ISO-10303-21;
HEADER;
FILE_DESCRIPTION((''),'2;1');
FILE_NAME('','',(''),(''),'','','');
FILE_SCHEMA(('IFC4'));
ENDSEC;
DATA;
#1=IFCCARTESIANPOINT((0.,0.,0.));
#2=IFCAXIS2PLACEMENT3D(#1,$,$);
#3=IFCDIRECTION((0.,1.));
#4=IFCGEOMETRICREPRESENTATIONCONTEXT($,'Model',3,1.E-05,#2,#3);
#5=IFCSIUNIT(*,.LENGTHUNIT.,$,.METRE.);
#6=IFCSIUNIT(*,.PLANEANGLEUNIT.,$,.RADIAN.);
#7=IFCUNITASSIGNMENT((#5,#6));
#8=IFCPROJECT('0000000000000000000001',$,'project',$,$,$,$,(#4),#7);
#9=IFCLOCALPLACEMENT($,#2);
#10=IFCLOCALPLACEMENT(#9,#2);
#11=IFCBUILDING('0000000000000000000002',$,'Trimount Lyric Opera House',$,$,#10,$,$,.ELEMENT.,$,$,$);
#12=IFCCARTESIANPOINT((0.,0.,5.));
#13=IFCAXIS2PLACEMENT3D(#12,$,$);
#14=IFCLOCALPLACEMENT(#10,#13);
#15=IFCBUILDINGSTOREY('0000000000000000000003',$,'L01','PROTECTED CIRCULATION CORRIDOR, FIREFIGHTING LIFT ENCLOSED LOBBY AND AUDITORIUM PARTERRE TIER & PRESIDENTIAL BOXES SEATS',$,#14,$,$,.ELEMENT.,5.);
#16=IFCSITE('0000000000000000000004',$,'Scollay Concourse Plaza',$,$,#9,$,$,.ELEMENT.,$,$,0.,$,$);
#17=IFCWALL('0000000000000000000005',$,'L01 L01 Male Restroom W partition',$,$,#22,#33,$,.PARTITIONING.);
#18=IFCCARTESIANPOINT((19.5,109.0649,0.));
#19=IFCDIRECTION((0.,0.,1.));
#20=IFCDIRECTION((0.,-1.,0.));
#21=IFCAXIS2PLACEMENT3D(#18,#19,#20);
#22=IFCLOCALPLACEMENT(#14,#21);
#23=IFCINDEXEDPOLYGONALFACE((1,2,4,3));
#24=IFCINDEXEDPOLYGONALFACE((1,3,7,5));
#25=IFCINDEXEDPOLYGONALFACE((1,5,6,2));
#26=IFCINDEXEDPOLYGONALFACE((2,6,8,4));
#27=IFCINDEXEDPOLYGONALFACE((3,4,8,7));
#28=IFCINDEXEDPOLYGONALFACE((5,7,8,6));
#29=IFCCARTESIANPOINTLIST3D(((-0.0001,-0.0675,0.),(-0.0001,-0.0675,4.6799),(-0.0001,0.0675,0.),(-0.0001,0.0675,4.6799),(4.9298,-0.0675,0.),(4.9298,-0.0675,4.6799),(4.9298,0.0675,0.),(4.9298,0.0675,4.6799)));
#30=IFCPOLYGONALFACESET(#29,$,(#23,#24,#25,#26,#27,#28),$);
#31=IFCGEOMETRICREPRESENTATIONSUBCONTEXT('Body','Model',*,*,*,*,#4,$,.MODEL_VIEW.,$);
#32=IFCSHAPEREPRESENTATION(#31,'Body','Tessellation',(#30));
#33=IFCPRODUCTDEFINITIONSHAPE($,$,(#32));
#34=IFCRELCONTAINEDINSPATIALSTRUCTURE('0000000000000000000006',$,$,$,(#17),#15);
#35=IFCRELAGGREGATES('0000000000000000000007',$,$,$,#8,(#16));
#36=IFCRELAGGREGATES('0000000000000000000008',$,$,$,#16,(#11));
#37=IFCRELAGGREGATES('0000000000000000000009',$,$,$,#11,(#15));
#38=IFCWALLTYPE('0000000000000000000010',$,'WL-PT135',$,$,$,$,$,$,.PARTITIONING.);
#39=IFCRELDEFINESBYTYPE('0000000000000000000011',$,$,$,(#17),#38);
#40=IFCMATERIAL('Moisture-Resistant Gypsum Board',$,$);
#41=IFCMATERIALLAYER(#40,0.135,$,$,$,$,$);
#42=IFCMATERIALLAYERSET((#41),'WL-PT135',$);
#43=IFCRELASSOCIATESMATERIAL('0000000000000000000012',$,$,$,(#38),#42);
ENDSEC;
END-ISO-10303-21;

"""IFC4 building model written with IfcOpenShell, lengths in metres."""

from ifc_helpers import new_model, si_unit, direction, frame, frame_2d, origin, place, context, subcontext, project, spatial, rectangle, extrude, material, layer, layer_set, type_object, element, save


model = new_model("IFC4")

# Units and contexts
model_context = context("Model", 3, precision=1e-05, world=origin(), true_north=direction((0.0, 1.0)))
body_context = subcontext(model_context, "Body", "Model", "MODEL_VIEW")
ifc_project = project(units=[si_unit("LENGTHUNIT", "METRE"), si_unit("PLANEANGLEUNIT", "RADIAN")], contexts=[model_context])

# Site, building, storey
site_placement = place(None, origin())
site = spatial("IfcSite", under=ifc_project, at=site_placement, Name="Scollay Concourse Plaza", CompositionType="ELEMENT", RefElevation=0.0)
building_placement = place(site_placement, origin())
building = spatial("IfcBuilding", under=site, at=building_placement, Name="Trimount Lyric Opera House", CompositionType="ELEMENT")
storey_placement = place(building_placement, frame((0.0, 0.0, 5.0)))
storey = spatial("IfcBuildingStorey", under=building, at=storey_placement, Name="L01", Description="PROTECTED CIRCULATION CORRIDOR, FIREFIGHTING LIFT ENCLOSED LOBBY AND AUDITORIUM PARTERRE TIER & PRESIDENTIAL BOXES SEATS", CompositionType="ELEMENT", Elevation=5.0)

# Shared definitions
ifc_material_1 = material(Name="Moisture-Resistant Gypsum Board")
ifc_layer_1 = layer(ifc_material_1, 0.135)
ifc_layer_set_1 = layer_set([ifc_layer_1], Name="WL-PT135")
wall_type_1 = type_object("IfcWallType", Name="WL-PT135", PredefinedType="PARTITIONING", material=ifc_layer_set_1)

# Wall
for number, where, z_axis, x_axis, name in (
    (1, (19.5, 109.0649, 0.0), (0.0, 0.0, 1.0), (0.0, -1.0, 0.0), "L01 L01 Male Restroom W partition"),
):
    element("IfcWall", number, at=place(storey_placement, frame(where, z_axis=z_axis, x_axis=x_axis)), inside=storey, type_object=wall_type_1, Name=name, PredefinedType="PARTITIONING", context=body_context, shape_type="SweptSolid", body=[
        extrude(rectangle(XDim=4.9299, YDim=0.135, at=frame_2d((2.4648, 0.0))), origin(), (0.0, 0.0, 1.0), 4.6799),
    ])

save(model, "model.ifc")
